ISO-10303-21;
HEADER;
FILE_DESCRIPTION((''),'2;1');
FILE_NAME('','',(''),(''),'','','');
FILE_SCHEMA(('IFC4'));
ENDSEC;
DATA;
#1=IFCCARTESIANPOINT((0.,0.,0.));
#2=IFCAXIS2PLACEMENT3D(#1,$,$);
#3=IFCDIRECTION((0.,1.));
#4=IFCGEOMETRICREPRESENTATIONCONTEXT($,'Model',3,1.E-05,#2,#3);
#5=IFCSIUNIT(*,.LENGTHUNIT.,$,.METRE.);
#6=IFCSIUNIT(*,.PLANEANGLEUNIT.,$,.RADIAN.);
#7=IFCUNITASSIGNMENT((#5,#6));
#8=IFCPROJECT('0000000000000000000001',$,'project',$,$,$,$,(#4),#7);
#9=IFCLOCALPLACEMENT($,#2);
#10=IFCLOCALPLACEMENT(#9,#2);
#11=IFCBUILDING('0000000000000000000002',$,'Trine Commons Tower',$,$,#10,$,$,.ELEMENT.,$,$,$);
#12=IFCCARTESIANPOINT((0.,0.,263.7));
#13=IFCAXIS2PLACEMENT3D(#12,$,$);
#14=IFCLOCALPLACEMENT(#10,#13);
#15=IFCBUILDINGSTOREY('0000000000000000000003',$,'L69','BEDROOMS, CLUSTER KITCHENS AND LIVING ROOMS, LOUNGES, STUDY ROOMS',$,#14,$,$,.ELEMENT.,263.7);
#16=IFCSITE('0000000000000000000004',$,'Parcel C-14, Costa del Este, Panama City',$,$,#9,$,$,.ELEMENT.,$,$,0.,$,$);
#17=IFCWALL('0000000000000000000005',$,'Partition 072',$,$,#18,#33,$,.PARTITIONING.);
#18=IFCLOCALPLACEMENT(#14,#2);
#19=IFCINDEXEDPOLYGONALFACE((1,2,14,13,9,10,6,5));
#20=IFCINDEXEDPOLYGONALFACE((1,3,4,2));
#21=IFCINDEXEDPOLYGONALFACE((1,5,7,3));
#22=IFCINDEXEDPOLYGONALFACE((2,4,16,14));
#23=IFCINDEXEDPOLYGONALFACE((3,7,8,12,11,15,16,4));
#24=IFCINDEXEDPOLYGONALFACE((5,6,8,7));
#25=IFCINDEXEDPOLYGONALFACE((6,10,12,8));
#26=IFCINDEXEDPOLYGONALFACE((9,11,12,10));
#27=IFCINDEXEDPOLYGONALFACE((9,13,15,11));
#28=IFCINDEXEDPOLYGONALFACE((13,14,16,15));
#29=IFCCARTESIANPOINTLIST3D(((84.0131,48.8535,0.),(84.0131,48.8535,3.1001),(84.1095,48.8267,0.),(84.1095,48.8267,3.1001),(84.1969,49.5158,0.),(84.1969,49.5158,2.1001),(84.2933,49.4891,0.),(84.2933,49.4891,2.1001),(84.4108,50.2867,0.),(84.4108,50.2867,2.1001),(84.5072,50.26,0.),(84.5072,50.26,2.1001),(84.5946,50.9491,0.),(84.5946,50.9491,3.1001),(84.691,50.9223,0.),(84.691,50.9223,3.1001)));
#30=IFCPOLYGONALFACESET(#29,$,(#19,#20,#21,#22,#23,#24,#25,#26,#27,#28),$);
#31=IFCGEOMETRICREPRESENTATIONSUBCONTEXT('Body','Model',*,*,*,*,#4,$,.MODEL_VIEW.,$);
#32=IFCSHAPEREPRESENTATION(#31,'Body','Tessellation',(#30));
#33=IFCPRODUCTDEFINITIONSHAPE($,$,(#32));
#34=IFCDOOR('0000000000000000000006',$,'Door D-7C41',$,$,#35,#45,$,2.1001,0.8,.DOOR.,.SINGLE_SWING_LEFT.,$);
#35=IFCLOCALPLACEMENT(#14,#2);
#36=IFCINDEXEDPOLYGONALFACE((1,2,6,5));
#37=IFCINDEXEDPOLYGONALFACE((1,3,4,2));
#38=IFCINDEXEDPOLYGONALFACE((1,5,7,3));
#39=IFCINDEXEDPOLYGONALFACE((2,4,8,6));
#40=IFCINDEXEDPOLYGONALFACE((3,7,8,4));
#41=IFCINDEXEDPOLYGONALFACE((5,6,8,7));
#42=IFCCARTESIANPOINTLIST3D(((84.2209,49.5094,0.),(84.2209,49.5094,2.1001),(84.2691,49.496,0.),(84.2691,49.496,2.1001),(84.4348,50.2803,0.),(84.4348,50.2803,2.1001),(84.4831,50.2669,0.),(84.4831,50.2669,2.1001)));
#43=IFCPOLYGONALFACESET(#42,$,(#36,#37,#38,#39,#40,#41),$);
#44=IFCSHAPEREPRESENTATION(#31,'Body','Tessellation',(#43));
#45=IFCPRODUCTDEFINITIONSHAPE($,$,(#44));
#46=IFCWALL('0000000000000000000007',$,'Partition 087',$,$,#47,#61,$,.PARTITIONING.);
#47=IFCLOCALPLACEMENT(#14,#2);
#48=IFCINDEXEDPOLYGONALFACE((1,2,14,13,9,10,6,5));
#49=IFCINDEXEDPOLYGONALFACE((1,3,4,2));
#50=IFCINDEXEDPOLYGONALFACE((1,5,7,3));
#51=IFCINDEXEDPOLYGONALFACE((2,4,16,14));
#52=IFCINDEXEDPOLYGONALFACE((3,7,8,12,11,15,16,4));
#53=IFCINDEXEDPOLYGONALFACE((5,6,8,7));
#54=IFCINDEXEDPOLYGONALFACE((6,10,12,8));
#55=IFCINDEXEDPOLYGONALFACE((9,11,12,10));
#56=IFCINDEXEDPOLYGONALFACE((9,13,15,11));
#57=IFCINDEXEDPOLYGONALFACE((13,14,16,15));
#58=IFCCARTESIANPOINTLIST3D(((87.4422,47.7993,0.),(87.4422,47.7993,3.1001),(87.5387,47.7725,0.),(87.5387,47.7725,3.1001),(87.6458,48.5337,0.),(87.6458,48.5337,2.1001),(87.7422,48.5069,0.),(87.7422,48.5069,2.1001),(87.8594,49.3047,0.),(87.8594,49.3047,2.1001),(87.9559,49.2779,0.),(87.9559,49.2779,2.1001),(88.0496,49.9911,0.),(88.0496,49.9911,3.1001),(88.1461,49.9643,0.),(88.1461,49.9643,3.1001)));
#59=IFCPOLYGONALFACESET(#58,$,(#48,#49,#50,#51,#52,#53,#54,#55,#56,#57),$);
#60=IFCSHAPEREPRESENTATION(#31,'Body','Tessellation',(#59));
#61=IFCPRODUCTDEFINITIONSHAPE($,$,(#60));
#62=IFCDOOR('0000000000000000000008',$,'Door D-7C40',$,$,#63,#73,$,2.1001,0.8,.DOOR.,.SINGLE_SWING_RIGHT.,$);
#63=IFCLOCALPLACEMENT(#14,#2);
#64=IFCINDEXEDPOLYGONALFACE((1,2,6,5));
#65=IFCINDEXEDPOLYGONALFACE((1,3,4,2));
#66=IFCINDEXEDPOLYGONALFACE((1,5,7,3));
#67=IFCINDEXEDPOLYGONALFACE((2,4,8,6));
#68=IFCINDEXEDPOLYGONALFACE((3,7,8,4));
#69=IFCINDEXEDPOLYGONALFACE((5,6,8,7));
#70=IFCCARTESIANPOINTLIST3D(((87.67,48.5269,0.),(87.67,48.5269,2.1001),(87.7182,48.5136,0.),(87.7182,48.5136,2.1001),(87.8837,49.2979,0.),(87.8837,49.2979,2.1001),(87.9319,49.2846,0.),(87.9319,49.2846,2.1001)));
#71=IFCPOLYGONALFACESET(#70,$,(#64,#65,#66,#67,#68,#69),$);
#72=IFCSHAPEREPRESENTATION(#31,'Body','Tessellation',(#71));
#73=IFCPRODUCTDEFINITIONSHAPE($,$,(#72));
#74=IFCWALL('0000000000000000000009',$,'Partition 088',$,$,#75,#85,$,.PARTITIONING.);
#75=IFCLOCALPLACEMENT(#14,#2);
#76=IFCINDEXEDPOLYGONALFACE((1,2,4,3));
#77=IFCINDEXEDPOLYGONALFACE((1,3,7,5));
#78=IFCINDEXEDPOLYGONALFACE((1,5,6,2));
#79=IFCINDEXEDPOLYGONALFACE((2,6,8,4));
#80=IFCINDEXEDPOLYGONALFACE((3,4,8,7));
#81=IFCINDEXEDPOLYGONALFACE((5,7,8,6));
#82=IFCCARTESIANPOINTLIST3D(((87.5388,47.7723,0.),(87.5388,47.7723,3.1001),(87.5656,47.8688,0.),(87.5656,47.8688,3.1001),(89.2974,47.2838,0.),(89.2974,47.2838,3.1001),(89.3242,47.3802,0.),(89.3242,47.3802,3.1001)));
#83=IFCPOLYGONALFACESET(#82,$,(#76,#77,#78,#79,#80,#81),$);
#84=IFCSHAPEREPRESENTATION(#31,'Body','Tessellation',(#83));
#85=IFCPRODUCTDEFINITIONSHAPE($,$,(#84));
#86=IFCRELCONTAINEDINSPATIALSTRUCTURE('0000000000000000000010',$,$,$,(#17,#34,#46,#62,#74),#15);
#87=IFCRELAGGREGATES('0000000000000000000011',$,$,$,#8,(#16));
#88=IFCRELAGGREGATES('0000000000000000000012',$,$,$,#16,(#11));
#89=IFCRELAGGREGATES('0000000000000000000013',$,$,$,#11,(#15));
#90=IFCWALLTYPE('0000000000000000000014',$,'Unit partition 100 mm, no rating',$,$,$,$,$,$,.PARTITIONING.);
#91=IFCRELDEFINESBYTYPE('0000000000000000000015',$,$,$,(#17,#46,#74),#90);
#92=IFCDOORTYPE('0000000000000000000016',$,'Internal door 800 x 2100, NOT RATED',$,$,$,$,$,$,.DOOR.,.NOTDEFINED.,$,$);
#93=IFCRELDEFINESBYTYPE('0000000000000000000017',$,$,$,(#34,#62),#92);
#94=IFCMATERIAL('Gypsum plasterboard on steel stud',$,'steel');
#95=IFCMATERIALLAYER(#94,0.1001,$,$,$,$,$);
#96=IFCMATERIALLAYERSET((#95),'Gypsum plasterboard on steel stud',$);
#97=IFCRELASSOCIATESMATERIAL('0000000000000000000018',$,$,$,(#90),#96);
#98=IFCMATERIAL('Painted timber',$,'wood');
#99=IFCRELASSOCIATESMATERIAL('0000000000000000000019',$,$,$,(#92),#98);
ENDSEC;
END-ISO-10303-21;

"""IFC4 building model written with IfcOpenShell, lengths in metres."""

from ifc_helpers import new_model, si_unit, direction, frame, frame_2d, origin, place, context, subcontext, project, spatial, rectangle, extrude, material, layer, layer_set, type_object, element, fill, save


model = new_model("IFC4")

# Units and contexts
model_context = context("Model", 3, precision=1e-05, world=origin(), true_north=direction((0.0, 1.0)))
body_context = subcontext(model_context, "Body", "Model", "MODEL_VIEW")
ifc_project = project(units=[si_unit("LENGTHUNIT", "METRE"), si_unit("PLANEANGLEUNIT", "RADIAN")], contexts=[model_context])

# Site, building, storey
site_placement = place(None, origin())
site = spatial("IfcSite", under=ifc_project, at=site_placement, Name="Parcel C-14, Costa del Este, Panama City", CompositionType="ELEMENT", RefElevation=0.0)
building_placement = place(site_placement, origin())
building = spatial("IfcBuilding", under=site, at=building_placement, Name="Trine Commons Tower", CompositionType="ELEMENT")
storey_placement = place(building_placement, frame((0.0, 0.0, 263.7)))
storey = spatial("IfcBuildingStorey", under=building, at=storey_placement, Name="L69", Description="BEDROOMS, CLUSTER KITCHENS AND LIVING ROOMS, LOUNGES, STUDY ROOMS", CompositionType="ELEMENT", Elevation=263.7)

# Shared definitions
ifc_material_1 = material(Name="Gypsum plasterboard on steel stud", Category="steel")

# Shared definitions
ifc_layer_1 = layer(ifc_material_1, 0.1001)
ifc_layer_set_1 = layer_set([ifc_layer_1], Name="Gypsum plasterboard on steel stud")
wall_type_1 = type_object("IfcWallType", Name="Unit partition 100 mm, no rating", PredefinedType="PARTITIONING", material=ifc_layer_set_1)
ifc_material_2 = material(Name="Painted timber", Category="wood")
door_type_1 = type_object("IfcDoorType", Name="Internal door 800 x 2100, NOT RATED", OperationType="NOTDEFINED", PredefinedType="DOOR", material=ifc_material_2)

# Walls, openings, doors
wall_1_placement = place(storey_placement, frame((84.0613, 48.8401, 0.0), z_axis=(0.0, 0.0, 1.0), x_axis=(0.267389, 0.963589, 0.0)))
wall_1 = element("IfcWall", 1, at=wall_1_placement, inside=storey, type_object=wall_type_1, Name="Partition 072", PredefinedType="PARTITIONING", context=body_context, shape_type="SweptSolid", body=[
    extrude(rectangle(XDim=2.1748, YDim=0.1001, at=frame_2d((1.0874, 0.0))), origin(), (0.0, 0.0, 1.0), 3.1001),
])
opening_1_placement = place(wall_1_placement, frame((0.6875, 0.0, 0.0)))
opening_1 = element("IfcOpeningElement", 2, at=opening_1_placement, cuts=wall_1, PredefinedType="OPENING", context=body_context, shape_type="SweptSolid", body=[
    extrude(rectangle(XDim=0.8, YDim=2.1001, at=frame_2d((0.3999, 1.05))), frame((0.0, 0.0601, 0.0), z_axis=(0.0, -1.0, 0.0), x_axis=(1.0, 0.0, 0.0)), (0.0, 0.0, 1.0), 0.1201),
])
door_1_placement = place(opening_1_placement, frame((0.8, 0.0, 0.0), z_axis=(0.0, 0.0, 1.0), x_axis=(-1.0, 0.0, 0.0)))
door_1 = element("IfcDoor", 3, at=door_1_placement, inside=storey, type_object=door_type_1, Name="Door D-7C41", OperationType="SINGLE_SWING_LEFT", OverallHeight=2.1001, OverallWidth=0.8, PredefinedType="DOOR", context=body_context, shape_type="SweptSolid", body=[
    extrude(rectangle(XDim=0.8, YDim=2.1001, at=frame_2d((0.3999, 1.05))), frame((0.0, 0.0249, 0.0), z_axis=(0.0, -1.0, 0.0), x_axis=(1.0, 0.0, 0.0)), (0.0, 0.0, 1.0), 0.05),
])
fill(opening_1, door_1)
wall_2_placement = place(storey_placement, frame((87.4905, 47.7859, 0.0), z_axis=(0.0, 0.0, 1.0), x_axis=(0.267057, 0.963681, 0.0)))
wall_2 = element("IfcWall", 4, at=wall_2_placement, inside=storey, type_object=wall_type_1, Name="Partition 087", PredefinedType="PARTITIONING", context=body_context, shape_type="SweptSolid", body=[
    extrude(rectangle(XDim=2.2744, YDim=0.1001, at=frame_2d((1.1372, 0.0))), origin(), (0.0, 0.0, 1.0), 3.1001),
])
opening_2_placement = place(wall_2_placement, frame((0.7622, 0.0, 0.0)))
opening_2 = element("IfcOpeningElement", 5, at=opening_2_placement, cuts=wall_2, PredefinedType="OPENING", context=body_context, shape_type="SweptSolid", body=[
    extrude(rectangle(XDim=0.8, YDim=2.1001, at=frame_2d((0.3999, 1.05))), frame((0.0, 0.0601, 0.0), z_axis=(0.0, -1.0, 0.0), x_axis=(1.0, 0.0, 0.0)), (0.0, 0.0, 1.0), 0.1201),
])
door_2_placement = place(opening_2_placement, origin())
door_2 = element("IfcDoor", 6, at=door_2_placement, inside=storey, type_object=door_type_1, Name="Door D-7C40", OperationType="SINGLE_SWING_RIGHT", OverallHeight=2.1001, OverallWidth=0.8, PredefinedType="DOOR", context=body_context, shape_type="SweptSolid", body=[
    extrude(rectangle(XDim=0.8, YDim=2.1001, at=frame_2d((0.3999, 1.05))), frame((0.0, 0.0249, 0.0), z_axis=(0.0, -1.0, 0.0), x_axis=(1.0, 0.0, 0.0)), (0.0, 0.0, 1.0), 0.05),
])
fill(opening_2, door_2)

# Wall
wall_3_placement = place(storey_placement, frame((87.5522, 47.8206, 0.0), z_axis=(0.0, 0.0, 1.0), x_axis=(0.963512, -0.267665, 0.0)))
element("IfcWall", 7, at=wall_3_placement, inside=storey, type_object=wall_type_1, Name="Partition 088", PredefinedType="PARTITIONING", context=body_context, shape_type="SweptSolid", body=[
    extrude(rectangle(XDim=1.8252, YDim=0.1001, at=frame_2d((0.9126, 0.0))), origin(), (0.0, 0.0, 1.0), 3.1001),
])

save(model, "model.ifc")
